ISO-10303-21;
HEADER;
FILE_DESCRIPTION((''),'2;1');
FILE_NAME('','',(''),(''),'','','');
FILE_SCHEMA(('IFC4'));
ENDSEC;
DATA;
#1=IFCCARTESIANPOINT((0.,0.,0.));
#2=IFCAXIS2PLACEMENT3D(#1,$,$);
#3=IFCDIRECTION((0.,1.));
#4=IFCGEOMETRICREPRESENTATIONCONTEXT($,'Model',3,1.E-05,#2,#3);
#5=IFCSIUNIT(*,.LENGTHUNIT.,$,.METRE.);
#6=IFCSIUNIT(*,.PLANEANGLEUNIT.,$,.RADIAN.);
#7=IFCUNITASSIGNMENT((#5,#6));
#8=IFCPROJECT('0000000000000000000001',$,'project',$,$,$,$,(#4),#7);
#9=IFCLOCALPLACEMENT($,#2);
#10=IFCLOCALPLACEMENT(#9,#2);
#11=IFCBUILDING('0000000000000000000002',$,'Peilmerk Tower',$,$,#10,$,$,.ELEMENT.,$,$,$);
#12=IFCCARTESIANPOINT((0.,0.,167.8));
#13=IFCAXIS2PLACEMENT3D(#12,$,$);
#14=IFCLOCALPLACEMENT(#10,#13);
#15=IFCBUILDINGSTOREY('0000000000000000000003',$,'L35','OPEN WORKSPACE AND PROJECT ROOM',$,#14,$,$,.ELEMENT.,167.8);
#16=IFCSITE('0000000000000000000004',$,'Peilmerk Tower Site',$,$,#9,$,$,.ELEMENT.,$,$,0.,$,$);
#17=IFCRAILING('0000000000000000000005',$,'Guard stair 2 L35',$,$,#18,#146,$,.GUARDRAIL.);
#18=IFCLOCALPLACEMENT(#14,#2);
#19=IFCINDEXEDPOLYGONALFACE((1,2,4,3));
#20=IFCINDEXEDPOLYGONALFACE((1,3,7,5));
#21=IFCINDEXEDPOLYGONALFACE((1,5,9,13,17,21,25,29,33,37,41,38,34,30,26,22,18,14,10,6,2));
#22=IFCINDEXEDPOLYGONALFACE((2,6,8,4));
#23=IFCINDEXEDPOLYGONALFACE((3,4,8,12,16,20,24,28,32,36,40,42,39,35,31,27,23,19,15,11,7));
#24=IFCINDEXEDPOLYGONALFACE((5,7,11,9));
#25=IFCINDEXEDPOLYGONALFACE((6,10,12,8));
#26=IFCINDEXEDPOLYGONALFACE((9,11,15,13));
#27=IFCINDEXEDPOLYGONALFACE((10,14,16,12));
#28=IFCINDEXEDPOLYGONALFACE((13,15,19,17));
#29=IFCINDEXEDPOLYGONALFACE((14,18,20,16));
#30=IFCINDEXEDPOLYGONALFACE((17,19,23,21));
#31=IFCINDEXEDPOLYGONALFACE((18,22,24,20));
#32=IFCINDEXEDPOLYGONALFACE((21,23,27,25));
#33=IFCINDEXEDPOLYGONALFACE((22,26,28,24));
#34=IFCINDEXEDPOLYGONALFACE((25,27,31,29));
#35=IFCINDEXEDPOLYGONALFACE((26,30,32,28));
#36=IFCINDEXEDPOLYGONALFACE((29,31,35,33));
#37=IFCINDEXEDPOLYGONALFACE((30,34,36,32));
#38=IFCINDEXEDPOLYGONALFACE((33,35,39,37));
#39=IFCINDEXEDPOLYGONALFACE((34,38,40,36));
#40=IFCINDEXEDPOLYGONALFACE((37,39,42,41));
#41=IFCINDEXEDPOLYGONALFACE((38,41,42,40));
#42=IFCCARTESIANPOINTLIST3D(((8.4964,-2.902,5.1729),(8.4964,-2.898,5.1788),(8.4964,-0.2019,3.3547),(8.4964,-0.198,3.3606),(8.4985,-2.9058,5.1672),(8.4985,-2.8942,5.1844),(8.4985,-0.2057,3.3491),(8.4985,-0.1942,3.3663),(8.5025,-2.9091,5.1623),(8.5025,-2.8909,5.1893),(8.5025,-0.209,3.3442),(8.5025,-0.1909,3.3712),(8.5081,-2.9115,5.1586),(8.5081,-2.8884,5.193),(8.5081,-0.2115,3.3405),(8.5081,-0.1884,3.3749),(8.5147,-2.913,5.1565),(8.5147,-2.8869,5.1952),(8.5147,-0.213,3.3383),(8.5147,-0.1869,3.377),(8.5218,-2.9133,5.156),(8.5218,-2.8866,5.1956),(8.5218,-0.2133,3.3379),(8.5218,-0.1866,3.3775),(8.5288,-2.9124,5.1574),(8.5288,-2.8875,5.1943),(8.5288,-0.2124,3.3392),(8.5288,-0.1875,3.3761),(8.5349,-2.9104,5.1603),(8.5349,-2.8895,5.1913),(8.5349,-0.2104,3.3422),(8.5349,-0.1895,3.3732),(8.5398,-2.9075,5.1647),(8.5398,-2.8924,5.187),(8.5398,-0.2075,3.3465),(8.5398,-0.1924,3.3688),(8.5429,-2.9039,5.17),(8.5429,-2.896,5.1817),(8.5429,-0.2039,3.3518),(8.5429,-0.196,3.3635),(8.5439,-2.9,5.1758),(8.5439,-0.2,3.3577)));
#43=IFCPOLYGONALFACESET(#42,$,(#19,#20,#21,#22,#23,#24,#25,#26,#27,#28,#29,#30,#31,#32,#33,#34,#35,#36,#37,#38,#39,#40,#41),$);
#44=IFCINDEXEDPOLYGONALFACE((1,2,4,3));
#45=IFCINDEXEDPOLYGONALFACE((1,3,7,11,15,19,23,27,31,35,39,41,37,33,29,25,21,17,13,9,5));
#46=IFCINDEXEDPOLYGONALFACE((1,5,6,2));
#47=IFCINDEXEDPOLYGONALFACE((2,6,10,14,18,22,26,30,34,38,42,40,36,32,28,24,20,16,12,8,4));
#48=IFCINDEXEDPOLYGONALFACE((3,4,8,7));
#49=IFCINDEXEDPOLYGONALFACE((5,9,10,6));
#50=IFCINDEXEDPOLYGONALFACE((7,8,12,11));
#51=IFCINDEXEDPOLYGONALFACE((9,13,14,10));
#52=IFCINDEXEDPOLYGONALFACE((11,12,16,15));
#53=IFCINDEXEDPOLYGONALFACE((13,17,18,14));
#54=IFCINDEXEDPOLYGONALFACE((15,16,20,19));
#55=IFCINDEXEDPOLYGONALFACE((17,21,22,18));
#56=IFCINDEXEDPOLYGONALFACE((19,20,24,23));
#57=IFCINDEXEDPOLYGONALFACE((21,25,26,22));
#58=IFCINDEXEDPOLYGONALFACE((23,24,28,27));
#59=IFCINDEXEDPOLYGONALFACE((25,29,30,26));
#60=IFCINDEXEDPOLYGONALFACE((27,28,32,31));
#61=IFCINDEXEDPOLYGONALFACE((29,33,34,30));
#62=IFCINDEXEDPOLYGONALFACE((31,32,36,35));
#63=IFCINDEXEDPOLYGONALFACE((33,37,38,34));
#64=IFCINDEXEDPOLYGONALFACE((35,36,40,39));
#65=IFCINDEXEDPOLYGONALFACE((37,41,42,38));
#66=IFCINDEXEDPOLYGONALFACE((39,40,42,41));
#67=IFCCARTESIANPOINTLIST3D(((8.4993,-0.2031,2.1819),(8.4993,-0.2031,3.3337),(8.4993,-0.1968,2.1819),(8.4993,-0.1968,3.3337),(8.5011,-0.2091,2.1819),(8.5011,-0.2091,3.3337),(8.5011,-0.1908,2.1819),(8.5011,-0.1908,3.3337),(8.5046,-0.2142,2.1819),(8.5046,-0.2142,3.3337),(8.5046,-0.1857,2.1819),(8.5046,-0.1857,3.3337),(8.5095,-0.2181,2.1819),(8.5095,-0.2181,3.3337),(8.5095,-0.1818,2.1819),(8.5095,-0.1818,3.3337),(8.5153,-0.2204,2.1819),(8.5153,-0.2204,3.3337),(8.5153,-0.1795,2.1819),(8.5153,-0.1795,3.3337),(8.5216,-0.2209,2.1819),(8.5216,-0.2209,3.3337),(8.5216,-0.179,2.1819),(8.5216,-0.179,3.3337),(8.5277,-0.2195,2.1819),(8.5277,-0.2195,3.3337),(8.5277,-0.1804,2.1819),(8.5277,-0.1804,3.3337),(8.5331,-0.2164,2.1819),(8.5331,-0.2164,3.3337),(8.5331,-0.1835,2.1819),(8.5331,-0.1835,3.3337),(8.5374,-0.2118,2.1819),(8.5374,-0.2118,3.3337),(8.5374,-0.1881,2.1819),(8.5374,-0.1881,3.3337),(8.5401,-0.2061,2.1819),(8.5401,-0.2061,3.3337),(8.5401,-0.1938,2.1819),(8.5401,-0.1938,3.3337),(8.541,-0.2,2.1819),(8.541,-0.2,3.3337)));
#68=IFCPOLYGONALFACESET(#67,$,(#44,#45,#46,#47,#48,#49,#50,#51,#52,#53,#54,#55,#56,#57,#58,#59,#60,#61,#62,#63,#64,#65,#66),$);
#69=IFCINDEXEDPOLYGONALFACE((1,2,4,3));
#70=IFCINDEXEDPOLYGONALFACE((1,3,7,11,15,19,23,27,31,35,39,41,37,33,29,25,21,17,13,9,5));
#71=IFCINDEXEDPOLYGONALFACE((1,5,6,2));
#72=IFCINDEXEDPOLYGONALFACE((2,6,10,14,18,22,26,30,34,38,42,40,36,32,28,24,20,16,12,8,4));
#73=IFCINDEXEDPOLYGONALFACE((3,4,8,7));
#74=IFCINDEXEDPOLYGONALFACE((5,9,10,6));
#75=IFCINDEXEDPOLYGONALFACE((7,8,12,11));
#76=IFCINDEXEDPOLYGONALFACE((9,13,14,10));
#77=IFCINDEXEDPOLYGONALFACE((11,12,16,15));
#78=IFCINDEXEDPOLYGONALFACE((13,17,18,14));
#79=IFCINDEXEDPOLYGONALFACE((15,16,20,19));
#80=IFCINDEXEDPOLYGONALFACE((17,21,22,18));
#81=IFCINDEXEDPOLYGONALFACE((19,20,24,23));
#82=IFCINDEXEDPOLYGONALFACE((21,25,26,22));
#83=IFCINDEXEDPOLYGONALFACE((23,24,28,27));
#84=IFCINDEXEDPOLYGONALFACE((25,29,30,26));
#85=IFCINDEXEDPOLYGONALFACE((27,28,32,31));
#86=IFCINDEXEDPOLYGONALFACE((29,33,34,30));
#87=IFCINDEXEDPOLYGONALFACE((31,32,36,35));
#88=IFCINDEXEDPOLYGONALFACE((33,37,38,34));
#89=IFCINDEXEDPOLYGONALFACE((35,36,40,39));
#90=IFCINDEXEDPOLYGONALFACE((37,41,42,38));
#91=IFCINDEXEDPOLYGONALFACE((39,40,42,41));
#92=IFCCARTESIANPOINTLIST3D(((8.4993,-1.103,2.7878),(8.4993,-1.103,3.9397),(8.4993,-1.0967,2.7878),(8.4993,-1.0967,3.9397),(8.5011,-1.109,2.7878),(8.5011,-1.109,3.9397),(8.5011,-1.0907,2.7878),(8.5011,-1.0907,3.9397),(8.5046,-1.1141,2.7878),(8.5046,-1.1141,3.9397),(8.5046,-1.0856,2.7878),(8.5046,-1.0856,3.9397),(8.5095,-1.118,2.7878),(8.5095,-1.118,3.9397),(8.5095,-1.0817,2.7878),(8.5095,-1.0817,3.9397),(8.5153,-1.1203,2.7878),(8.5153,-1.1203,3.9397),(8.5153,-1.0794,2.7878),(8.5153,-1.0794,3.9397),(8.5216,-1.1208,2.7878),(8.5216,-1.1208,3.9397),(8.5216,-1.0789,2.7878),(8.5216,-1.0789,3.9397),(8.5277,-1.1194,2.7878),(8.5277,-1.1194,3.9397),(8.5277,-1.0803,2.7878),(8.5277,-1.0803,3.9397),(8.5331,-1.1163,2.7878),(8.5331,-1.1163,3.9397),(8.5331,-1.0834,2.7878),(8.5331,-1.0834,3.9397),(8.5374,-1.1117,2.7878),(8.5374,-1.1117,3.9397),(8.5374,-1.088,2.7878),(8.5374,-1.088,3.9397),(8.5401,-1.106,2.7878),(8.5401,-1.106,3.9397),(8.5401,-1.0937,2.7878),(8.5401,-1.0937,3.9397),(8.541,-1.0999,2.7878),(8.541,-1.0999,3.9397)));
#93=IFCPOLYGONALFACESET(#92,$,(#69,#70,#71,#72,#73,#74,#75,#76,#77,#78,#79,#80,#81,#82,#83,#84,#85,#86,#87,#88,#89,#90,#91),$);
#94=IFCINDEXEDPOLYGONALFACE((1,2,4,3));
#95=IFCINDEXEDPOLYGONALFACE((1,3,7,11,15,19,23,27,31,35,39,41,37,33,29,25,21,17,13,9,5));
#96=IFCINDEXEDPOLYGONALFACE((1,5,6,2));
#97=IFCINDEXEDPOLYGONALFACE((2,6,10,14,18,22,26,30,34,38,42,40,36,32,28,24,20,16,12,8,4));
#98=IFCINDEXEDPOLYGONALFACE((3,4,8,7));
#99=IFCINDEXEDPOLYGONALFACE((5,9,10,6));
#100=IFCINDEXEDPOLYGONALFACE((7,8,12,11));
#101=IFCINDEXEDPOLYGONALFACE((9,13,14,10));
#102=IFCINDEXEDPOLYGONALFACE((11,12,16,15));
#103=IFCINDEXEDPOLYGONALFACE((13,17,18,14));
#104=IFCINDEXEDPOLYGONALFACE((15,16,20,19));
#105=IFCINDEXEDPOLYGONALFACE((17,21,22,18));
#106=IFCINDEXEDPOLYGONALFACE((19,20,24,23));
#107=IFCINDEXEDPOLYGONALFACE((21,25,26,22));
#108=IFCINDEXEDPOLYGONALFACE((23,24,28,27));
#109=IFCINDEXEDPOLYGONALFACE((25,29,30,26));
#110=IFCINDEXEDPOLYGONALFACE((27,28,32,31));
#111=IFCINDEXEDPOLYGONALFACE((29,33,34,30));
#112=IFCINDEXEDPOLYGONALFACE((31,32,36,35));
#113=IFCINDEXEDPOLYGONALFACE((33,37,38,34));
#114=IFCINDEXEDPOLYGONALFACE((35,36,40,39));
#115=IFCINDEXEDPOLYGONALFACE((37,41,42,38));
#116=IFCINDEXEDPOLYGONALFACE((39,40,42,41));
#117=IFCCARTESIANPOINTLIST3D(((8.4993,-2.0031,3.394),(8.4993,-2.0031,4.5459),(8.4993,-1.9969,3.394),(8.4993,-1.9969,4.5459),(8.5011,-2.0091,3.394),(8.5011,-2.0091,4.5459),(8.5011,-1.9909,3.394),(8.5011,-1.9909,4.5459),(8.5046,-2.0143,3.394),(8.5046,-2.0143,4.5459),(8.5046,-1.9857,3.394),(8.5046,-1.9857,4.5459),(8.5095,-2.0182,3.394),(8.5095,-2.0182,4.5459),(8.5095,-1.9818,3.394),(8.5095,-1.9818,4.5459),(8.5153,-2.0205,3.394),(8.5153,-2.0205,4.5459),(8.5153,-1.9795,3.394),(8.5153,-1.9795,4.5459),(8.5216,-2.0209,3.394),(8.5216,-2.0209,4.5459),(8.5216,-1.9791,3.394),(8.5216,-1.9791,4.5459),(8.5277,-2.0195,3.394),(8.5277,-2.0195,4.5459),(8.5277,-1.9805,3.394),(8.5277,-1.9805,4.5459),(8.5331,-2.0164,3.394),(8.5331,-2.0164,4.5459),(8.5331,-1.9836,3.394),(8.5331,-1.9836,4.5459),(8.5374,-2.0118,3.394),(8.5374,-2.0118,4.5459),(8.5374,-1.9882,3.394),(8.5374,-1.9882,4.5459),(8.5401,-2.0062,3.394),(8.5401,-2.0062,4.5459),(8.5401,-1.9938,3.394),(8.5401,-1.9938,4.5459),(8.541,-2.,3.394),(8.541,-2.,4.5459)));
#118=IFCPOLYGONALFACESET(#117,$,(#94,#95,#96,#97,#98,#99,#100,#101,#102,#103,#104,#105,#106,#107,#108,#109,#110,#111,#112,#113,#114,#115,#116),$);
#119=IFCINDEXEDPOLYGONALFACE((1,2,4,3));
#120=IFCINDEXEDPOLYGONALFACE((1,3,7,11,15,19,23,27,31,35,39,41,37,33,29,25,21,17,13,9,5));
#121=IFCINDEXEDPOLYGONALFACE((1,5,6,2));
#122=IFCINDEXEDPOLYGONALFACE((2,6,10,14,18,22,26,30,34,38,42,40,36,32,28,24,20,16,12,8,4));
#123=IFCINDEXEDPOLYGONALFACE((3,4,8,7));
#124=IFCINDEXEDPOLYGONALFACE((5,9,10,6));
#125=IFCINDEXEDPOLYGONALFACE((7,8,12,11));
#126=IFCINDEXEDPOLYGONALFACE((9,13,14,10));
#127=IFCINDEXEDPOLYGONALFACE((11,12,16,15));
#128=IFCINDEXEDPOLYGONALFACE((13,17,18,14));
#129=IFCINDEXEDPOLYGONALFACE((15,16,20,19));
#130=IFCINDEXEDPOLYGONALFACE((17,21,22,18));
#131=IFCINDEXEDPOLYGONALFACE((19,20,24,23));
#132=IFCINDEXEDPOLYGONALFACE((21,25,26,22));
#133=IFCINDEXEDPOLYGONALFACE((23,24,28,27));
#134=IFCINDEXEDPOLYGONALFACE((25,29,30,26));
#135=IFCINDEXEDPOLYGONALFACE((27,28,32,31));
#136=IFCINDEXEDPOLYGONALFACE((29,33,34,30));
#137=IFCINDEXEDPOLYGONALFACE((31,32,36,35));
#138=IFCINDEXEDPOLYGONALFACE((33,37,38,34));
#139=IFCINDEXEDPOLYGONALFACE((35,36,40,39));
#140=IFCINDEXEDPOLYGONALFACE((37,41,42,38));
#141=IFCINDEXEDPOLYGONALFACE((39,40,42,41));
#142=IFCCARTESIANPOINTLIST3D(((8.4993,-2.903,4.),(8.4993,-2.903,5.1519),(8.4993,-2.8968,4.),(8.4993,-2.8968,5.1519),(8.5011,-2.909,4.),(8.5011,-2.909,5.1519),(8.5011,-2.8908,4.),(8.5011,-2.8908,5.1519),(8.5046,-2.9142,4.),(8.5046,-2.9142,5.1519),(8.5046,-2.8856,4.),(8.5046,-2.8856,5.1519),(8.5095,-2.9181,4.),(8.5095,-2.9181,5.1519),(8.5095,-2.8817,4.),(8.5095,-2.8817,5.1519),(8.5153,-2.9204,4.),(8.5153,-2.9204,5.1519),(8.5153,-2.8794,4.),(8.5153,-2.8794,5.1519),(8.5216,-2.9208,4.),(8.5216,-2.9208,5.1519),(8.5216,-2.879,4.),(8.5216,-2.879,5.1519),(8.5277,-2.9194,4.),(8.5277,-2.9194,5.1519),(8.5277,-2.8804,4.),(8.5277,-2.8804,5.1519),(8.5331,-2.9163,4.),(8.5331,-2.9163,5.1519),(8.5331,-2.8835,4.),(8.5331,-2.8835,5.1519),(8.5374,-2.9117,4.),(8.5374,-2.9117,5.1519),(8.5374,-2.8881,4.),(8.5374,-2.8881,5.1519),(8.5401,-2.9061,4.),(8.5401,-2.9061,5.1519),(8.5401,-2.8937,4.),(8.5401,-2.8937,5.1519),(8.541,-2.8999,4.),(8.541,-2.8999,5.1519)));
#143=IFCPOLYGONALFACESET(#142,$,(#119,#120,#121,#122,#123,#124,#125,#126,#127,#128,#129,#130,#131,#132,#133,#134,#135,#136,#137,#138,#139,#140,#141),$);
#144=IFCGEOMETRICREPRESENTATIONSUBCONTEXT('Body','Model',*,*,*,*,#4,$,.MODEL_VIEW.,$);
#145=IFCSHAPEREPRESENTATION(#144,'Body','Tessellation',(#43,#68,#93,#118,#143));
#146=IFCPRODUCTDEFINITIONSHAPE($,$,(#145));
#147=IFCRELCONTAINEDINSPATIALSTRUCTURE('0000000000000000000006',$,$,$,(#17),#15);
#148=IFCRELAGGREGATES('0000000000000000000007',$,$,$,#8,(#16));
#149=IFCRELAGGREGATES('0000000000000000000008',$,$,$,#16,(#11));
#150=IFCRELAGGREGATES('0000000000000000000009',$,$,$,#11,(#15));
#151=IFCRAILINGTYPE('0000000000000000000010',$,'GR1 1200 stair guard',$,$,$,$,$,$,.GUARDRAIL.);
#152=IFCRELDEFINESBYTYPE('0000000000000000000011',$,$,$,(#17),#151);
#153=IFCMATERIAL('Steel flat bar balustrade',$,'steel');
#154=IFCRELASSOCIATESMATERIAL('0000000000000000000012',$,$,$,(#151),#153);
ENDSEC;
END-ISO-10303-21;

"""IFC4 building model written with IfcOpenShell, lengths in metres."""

from ifc_helpers import new_model, si_unit, direction, frame, origin, origin_2d, place, context, subcontext, project, spatial, circle, extrude, material, type_object, element, save


model = new_model("IFC4")

# Units and contexts
model_context = context("Model", 3, precision=1e-05, world=origin(), true_north=direction((0.0, 1.0)))
body_context = subcontext(model_context, "Body", "Model", "MODEL_VIEW")
ifc_project = project(units=[si_unit("LENGTHUNIT", "METRE"), si_unit("PLANEANGLEUNIT", "RADIAN")], contexts=[model_context])

# Site, building, storey
site_placement = place(None, origin())
site = spatial("IfcSite", under=ifc_project, at=site_placement, Name="Peilmerk Tower Site", CompositionType="ELEMENT", RefElevation=0.0)
building_placement = place(site_placement, origin())
building = spatial("IfcBuilding", under=site, at=building_placement, Name="Peilmerk Tower", CompositionType="ELEMENT")
storey_placement = place(building_placement, frame((0.0, 0.0, 167.8)))
storey = spatial("IfcBuildingStorey", under=building, at=storey_placement, Name="L35", Description="OPEN WORKSPACE AND PROJECT ROOM", CompositionType="ELEMENT", Elevation=167.8)

# Railing
ifc_material_1 = material(Name="Steel flat bar balustrade", Category="steel")
railing_type_1 = type_object("IfcRailingType", Name="GR1 1200 stair guard", PredefinedType="GUARDRAIL", material=ifc_material_1)
railing_1_placement = place(storey_placement, frame((8.52, -0.2, 2.1819)))
element("IfcRailing", 1, at=railing_1_placement, inside=storey, type_object=railing_type_1, Name="Guard stair 2 L35", PredefinedType="GUARDRAIL", context=body_context, shape_type="SweptSolid", body=[
    extrude(circle(Radius=0.0239, at=origin_2d()), frame((0.0, 0.0, 1.1758), z_axis=(0.0, -0.829468, 0.558554), x_axis=(1.0, 0.0, 0.0)), (0.0, 0.0, 1.0), 3.2551),
    extrude(circle(Radius=0.021, at=origin_2d()), origin(), (0.0, 0.0, 1.0), 1.1519),
    extrude(circle(Radius=0.021, at=origin_2d()), frame((0.0, -0.8999, 0.606)), (0.0, 0.0, 1.0), 1.1519),
    extrude(circle(Radius=0.021, at=origin_2d()), frame((0.0, -1.8, 1.2122)), (0.0, 0.0, 1.0), 1.1519),
    extrude(circle(Radius=0.021, at=origin_2d()), frame((0.0, -2.7, 1.8181)), (0.0, 0.0, 1.0), 1.1519),
])

save(model, "model.ifc")
